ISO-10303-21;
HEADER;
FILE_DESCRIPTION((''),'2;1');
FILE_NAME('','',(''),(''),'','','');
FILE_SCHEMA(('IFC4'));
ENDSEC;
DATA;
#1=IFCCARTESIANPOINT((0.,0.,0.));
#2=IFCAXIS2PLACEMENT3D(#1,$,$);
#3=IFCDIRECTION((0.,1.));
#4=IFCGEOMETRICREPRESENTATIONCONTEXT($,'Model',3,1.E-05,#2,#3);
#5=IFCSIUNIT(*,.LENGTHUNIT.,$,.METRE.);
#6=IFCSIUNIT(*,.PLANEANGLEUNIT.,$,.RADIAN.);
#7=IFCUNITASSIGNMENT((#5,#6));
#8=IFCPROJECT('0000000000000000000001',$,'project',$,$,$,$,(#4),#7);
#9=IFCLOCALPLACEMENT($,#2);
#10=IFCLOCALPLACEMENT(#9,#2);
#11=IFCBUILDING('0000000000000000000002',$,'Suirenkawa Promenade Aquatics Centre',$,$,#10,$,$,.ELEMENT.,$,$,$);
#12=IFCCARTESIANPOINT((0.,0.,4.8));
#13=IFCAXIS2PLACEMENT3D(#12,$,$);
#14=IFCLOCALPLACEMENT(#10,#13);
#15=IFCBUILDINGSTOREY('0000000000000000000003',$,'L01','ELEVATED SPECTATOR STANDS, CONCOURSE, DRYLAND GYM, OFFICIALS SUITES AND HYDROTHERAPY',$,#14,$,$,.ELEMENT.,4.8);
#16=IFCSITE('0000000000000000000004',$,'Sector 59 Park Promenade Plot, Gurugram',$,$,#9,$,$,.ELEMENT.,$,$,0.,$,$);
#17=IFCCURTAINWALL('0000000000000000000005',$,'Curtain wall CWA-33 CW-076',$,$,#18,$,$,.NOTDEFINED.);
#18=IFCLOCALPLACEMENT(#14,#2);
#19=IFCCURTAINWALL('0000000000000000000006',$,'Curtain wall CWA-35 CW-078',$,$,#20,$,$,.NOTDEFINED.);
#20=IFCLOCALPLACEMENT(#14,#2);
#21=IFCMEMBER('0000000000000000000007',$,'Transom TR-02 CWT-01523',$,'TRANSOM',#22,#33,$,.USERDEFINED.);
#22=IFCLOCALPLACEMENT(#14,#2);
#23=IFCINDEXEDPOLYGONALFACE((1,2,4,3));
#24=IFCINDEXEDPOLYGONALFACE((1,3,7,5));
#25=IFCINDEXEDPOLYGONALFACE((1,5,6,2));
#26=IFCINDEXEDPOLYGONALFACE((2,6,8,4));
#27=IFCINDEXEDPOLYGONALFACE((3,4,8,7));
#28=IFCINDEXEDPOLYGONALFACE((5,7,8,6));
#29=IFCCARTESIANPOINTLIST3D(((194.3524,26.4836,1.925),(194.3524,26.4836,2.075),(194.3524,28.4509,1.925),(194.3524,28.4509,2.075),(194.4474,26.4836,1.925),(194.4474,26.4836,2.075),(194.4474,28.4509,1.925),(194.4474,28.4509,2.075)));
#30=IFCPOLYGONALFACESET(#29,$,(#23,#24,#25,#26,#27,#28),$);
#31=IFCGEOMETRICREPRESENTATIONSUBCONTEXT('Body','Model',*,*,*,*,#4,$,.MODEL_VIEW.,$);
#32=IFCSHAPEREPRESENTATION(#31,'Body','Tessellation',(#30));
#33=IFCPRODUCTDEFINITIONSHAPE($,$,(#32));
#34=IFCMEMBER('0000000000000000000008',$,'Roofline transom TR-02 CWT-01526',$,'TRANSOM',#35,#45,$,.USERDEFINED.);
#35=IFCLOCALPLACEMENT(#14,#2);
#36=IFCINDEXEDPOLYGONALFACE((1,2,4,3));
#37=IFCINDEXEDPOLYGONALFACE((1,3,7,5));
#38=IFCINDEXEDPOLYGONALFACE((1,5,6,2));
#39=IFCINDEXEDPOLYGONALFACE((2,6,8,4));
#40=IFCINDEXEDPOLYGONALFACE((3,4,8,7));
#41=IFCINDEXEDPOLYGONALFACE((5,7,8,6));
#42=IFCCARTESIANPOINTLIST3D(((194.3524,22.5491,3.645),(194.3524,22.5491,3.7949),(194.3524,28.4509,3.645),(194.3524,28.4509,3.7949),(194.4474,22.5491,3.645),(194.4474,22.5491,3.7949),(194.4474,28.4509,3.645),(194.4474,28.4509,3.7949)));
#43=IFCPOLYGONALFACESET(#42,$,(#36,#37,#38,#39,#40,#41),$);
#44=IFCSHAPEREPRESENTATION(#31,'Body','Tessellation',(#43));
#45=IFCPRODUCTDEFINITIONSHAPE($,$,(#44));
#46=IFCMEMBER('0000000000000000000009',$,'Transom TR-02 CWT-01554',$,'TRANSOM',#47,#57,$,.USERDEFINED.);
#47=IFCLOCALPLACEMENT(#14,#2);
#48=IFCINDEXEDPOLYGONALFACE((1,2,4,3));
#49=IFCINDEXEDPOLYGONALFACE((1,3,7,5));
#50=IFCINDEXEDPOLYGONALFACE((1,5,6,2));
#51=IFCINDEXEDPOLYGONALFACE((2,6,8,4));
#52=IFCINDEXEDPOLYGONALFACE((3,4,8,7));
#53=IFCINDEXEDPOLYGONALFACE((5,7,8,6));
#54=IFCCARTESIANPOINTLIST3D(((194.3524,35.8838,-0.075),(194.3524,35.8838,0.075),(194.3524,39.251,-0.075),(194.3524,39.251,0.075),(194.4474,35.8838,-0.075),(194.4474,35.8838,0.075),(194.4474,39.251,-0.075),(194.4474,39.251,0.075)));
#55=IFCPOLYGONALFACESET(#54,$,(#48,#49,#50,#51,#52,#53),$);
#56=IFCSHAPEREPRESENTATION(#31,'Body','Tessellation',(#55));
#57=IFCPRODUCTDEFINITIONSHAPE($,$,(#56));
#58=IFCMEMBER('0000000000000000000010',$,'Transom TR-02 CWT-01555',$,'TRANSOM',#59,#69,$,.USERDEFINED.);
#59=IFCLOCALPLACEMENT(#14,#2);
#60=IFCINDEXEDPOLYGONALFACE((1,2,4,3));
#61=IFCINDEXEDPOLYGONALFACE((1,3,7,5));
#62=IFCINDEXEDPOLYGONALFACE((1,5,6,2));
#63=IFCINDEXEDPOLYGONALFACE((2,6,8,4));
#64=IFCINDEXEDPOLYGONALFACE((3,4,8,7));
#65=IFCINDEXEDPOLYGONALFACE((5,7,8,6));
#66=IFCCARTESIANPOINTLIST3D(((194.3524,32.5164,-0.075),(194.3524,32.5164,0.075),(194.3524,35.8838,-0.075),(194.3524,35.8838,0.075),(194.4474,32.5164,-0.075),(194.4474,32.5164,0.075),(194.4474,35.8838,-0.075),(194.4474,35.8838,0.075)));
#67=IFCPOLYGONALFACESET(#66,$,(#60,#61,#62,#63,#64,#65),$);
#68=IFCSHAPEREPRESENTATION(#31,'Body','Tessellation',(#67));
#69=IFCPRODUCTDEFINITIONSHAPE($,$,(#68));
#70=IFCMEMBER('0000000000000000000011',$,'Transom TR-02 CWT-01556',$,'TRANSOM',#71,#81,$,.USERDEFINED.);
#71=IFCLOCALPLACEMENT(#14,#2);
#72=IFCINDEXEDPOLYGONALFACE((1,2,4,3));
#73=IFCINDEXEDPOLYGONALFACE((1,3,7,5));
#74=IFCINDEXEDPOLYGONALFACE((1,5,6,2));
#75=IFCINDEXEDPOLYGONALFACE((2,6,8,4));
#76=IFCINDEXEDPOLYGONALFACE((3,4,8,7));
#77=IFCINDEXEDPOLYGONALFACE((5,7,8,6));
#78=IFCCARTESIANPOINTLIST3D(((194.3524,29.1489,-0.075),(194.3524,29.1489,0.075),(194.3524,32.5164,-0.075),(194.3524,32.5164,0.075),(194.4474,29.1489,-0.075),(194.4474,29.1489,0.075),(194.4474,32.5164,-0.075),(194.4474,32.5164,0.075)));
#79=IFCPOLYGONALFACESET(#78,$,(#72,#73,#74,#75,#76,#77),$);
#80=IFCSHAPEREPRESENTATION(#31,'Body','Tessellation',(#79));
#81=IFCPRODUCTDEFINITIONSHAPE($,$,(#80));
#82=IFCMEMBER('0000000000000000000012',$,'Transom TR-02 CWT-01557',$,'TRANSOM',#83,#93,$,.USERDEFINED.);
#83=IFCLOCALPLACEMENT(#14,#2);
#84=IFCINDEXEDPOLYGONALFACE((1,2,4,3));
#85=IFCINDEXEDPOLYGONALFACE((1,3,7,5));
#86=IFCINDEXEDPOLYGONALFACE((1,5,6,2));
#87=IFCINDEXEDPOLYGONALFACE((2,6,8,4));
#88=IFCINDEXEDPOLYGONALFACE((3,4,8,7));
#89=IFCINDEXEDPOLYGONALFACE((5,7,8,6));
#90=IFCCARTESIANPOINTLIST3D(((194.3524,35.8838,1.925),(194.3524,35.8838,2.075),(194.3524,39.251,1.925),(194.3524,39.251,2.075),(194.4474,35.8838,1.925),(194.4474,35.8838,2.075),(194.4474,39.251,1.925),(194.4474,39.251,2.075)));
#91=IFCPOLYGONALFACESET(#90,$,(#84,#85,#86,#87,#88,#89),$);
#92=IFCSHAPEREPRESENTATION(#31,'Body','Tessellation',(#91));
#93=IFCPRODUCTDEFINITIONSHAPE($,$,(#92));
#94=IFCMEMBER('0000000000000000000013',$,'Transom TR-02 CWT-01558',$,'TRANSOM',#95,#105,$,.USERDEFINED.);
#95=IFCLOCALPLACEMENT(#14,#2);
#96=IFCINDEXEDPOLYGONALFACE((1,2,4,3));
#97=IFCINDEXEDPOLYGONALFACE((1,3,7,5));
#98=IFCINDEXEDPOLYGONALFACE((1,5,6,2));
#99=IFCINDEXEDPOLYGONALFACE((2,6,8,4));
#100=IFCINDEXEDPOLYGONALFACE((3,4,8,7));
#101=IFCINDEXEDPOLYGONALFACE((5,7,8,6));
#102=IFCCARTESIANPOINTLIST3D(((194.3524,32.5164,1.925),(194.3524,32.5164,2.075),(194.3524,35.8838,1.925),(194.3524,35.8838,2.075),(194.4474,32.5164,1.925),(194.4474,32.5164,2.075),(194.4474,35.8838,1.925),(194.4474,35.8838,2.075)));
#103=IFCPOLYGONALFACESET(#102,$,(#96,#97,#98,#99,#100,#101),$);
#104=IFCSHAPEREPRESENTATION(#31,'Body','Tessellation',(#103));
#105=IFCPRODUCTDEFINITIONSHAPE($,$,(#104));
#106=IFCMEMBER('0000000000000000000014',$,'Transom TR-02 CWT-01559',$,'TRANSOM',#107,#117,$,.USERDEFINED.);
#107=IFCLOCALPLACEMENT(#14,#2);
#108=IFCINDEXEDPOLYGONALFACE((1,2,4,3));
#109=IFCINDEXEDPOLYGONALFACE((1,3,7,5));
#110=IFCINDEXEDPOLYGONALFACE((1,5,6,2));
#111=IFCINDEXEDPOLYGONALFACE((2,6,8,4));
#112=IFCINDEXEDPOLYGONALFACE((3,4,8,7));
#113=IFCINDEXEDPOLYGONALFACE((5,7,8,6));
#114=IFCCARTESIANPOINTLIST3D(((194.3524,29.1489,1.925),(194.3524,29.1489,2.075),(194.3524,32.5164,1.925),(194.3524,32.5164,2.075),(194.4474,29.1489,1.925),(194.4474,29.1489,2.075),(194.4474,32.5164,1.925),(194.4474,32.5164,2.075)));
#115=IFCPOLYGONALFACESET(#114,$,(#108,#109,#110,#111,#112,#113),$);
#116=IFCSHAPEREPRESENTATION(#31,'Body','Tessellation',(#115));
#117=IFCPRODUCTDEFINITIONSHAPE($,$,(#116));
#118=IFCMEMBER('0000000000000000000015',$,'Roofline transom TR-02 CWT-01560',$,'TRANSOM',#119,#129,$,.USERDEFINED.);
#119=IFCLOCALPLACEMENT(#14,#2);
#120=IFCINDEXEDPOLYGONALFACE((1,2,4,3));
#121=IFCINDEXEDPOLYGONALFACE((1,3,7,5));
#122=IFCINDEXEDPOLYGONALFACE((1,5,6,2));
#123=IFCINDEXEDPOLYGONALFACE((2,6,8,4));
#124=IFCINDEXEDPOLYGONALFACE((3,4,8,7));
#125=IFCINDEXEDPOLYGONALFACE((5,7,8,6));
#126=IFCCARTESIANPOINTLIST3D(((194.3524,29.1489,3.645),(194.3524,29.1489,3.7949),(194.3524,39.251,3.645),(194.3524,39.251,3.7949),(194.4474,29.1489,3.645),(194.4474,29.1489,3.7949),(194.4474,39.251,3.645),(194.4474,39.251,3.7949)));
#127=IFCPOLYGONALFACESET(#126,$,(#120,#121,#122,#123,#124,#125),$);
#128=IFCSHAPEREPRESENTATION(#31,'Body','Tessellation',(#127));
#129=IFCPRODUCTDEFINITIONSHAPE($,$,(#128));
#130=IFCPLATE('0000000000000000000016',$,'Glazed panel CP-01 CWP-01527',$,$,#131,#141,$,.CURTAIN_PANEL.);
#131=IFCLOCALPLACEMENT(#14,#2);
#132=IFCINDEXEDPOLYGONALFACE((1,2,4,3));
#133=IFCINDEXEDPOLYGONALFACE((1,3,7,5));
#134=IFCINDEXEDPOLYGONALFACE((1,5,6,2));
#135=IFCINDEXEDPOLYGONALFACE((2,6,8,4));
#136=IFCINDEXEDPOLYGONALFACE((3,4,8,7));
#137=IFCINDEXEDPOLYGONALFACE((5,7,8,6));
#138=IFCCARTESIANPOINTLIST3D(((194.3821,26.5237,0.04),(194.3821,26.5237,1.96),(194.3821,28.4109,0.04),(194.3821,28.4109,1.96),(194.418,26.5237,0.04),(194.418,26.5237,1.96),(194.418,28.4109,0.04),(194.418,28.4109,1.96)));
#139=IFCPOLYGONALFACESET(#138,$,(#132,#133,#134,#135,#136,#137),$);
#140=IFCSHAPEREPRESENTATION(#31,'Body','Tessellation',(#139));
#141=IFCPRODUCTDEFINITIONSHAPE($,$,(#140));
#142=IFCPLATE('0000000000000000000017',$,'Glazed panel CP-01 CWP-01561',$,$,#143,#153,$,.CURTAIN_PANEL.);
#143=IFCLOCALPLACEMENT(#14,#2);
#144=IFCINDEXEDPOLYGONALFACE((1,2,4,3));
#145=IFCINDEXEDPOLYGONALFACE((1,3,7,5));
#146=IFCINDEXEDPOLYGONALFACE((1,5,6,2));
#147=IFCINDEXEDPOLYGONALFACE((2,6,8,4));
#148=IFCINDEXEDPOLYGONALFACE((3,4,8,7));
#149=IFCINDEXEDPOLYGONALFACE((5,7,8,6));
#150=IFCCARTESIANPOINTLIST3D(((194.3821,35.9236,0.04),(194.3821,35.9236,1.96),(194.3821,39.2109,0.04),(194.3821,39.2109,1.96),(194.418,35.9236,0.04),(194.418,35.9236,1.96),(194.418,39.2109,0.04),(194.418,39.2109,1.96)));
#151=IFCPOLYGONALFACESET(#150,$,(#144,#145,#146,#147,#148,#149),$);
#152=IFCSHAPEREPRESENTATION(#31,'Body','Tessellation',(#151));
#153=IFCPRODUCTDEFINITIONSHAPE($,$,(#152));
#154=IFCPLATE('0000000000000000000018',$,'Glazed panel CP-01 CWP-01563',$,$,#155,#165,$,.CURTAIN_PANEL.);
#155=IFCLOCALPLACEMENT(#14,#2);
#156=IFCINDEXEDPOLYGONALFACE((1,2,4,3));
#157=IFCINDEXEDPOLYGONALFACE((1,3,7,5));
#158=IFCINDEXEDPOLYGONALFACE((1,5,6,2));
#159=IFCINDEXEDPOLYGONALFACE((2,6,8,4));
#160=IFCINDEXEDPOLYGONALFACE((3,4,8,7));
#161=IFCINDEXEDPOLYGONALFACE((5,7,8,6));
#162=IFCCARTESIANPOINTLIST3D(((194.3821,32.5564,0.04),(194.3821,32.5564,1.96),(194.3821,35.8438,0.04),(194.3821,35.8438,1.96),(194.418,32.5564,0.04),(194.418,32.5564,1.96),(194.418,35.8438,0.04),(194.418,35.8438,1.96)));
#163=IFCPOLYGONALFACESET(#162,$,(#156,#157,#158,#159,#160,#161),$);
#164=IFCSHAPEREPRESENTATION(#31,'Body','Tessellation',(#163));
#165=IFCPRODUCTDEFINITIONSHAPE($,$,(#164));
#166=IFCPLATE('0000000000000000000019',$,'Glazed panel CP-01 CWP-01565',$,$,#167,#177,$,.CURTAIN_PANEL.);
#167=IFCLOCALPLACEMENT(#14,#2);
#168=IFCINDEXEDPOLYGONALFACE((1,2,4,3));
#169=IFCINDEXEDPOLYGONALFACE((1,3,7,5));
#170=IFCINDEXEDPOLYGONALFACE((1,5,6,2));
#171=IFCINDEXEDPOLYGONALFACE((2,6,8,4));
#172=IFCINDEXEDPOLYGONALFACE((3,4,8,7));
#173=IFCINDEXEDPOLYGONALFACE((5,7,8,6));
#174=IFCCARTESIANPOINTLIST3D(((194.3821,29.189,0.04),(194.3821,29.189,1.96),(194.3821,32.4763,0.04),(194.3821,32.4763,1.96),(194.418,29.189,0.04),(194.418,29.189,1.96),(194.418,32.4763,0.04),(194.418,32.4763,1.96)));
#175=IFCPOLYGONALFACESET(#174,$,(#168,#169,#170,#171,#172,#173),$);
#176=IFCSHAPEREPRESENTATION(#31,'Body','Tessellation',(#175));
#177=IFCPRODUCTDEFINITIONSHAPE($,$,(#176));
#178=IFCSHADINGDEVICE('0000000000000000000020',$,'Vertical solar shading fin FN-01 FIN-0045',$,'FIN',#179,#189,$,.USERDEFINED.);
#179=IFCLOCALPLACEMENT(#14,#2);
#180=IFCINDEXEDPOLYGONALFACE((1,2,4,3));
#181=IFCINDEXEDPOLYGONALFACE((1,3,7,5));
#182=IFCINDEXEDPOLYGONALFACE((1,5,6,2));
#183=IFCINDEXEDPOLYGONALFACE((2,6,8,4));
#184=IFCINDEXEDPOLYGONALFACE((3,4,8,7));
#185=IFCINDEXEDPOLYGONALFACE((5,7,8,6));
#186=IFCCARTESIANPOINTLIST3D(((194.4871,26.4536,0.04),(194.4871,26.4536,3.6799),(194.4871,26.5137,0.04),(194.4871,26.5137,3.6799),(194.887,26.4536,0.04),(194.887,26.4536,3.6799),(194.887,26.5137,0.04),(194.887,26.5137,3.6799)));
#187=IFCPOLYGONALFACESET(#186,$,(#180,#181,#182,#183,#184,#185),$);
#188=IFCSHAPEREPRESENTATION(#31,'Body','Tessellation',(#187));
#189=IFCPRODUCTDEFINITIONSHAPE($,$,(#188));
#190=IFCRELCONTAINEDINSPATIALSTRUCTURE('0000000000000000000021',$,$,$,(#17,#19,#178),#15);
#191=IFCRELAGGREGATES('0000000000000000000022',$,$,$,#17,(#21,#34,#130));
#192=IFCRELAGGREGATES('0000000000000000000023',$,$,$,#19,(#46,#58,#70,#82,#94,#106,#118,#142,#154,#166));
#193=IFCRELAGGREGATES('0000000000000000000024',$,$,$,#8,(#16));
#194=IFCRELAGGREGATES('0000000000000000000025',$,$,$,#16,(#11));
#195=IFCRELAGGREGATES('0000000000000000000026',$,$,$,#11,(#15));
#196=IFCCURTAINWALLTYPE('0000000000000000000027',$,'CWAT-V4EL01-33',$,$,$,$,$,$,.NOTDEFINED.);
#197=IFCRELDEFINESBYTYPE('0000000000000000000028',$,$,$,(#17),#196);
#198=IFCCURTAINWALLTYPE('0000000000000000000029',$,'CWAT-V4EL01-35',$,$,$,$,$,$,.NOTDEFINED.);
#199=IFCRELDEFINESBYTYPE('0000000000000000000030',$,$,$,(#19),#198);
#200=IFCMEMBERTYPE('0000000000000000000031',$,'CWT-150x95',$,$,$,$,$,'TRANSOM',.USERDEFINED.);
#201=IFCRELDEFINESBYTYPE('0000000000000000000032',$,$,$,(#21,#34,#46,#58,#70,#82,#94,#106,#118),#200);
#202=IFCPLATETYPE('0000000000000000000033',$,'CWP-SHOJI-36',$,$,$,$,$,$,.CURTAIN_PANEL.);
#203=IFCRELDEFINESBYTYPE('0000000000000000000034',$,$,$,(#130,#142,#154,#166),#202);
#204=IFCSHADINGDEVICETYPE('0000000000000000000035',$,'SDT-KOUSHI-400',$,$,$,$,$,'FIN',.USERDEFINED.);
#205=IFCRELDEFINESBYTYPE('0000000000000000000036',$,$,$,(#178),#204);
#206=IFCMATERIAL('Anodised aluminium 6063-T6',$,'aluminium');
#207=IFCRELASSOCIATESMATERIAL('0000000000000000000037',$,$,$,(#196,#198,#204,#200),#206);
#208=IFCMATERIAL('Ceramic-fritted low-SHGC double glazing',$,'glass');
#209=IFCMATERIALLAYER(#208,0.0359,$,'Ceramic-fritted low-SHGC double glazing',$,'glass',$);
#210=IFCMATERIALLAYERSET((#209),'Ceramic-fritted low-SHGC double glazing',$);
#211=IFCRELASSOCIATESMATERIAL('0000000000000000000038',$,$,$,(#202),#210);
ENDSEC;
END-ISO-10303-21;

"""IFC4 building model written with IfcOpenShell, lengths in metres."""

from ifc_helpers import new_model, si_unit, direction, frame, origin, origin_2d, place, context, subcontext, project, spatial, polyline, rectangle, outline, extrude, material, layer, layer_set, material_profile, profile_set, type_object, element, aggregate, save


model = new_model("IFC4")

# Units and contexts
model_context = context("Model", 3, precision=1e-05, world=origin(), true_north=direction((0.0, 1.0)))
body_context = subcontext(model_context, "Body", "Model", "MODEL_VIEW")
ifc_project = project(units=[si_unit("LENGTHUNIT", "METRE"), si_unit("PLANEANGLEUNIT", "RADIAN")], contexts=[model_context])

# Site, building, storey
site_placement = place(None, origin())
site = spatial("IfcSite", under=ifc_project, at=site_placement, Name="Sector 59 Park Promenade Plot, Gurugram", CompositionType="ELEMENT", RefElevation=0.0)
building_placement = place(site_placement, origin())
building = spatial("IfcBuilding", under=site, at=building_placement, Name="Suirenkawa Promenade Aquatics Centre", CompositionType="ELEMENT")
storey_placement = place(building_placement, frame((0.0, 0.0, 4.8)))
storey = spatial("IfcBuildingStorey", under=building, at=storey_placement, Name="L01", Description="ELEVATED SPECTATOR STANDS, CONCOURSE, DRYLAND GYM, OFFICIALS SUITES AND HYDROTHERAPY", CompositionType="ELEMENT", Elevation=4.8)

# Curtain wall
ifc_material_1 = material(Name="Anodised aluminium 6063-T6", Category="aluminium")
curtain_wall_type_1 = type_object("IfcCurtainWallType", Name="CWAT-V4EL01-33", PredefinedType="NOTDEFINED", material=ifc_material_1)
curtain_wall_1_placement = place(storey_placement, origin())
curtain_wall_1 = element("IfcCurtainWall", 1, at=curtain_wall_1_placement, inside=storey, type_object=curtain_wall_type_1, Name="Curtain wall CWA-33 CW-076", PredefinedType="NOTDEFINED")

# Curtain wall
curtain_wall_type_2 = type_object("IfcCurtainWallType", Name="CWAT-V4EL01-35", PredefinedType="NOTDEFINED", material=ifc_material_1)
curtain_wall_2_placement = place(storey_placement, origin())
curtain_wall_2 = element("IfcCurtainWall", 2, at=curtain_wall_2_placement, inside=storey, type_object=curtain_wall_type_2, Name="Curtain wall CWA-35 CW-078", PredefinedType="NOTDEFINED")

# Members
ifc_material_profile_1 = material_profile(ifc_material_1, rectangle(XDim=0.095, YDim=0.1499, at=origin_2d()), Name="ALU TRAN 95x150", Category="aluminium")
ifc_profile_set_1 = profile_set([ifc_material_profile_1], Name="Anodised aluminium 6063-T6")
member_type_1 = type_object("IfcMemberType", Name="CWT-150x95", ElementType="TRANSOM", PredefinedType="USERDEFINED", material=ifc_profile_set_1)
member_1_placement = place(storey_placement, frame((194.3999, 28.4509, 2.0), z_axis=(0.0, -1.0, 0.0), x_axis=(1.0, 0.0, 0.0)))
member_1 = element("IfcMember", 3, at=member_1_placement, type_object=member_type_1, Name="Transom TR-02 CWT-01523", ObjectType="TRANSOM", PredefinedType="USERDEFINED", context=body_context, shape_type="SweptSolid", body=[
    extrude(rectangle(XDim=0.095, YDim=0.1499, at=origin_2d()), origin(), (0.0, 0.0, 1.0), 1.9673),
])
member_2_placement = place(storey_placement, frame((194.3999, 28.4509, 3.72), z_axis=(0.0, -1.0, 0.0), x_axis=(1.0, 0.0, 0.0)))
member_2 = element("IfcMember", 4, at=member_2_placement, type_object=member_type_1, Name="Roofline transom TR-02 CWT-01526", ObjectType="TRANSOM", PredefinedType="USERDEFINED", context=body_context, shape_type="SweptSolid", body=[
    extrude(rectangle(XDim=0.095, YDim=0.1499, at=origin_2d()), origin(), (0.0, 0.0, 1.0), 5.9019),
])
member_3_placement = place(storey_placement, frame((194.3999, 39.251, 0.0), z_axis=(0.0, -1.0, 0.0), x_axis=(1.0, 0.0, 0.0)))
member_3 = element("IfcMember", 5, at=member_3_placement, type_object=member_type_1, Name="Transom TR-02 CWT-01554", ObjectType="TRANSOM", PredefinedType="USERDEFINED", context=body_context, shape_type="SweptSolid", body=[
    extrude(rectangle(XDim=0.095, YDim=0.1499, at=origin_2d()), origin(), (0.0, 0.0, 1.0), 3.3672),
])
member_4_placement = place(storey_placement, frame((194.3999, 35.8838, 0.0), z_axis=(0.0, -1.0, 0.0), x_axis=(1.0, 0.0, 0.0)))
member_4 = element("IfcMember", 6, at=member_4_placement, type_object=member_type_1, Name="Transom TR-02 CWT-01555", ObjectType="TRANSOM", PredefinedType="USERDEFINED", context=body_context, shape_type="SweptSolid", body=[
    extrude(rectangle(XDim=0.095, YDim=0.1499, at=origin_2d()), origin(), (0.0, 0.0, 1.0), 3.3674),
])
member_5_placement = place(storey_placement, frame((194.3999, 32.5164, 0.0), z_axis=(0.0, -1.0, 0.0), x_axis=(1.0, 0.0, 0.0)))
member_5 = element("IfcMember", 7, at=member_5_placement, type_object=member_type_1, Name="Transom TR-02 CWT-01556", ObjectType="TRANSOM", PredefinedType="USERDEFINED", context=body_context, shape_type="SweptSolid", body=[
    extrude(rectangle(XDim=0.095, YDim=0.1499, at=origin_2d()), origin(), (0.0, 0.0, 1.0), 3.3674),
])
member_6_placement = place(storey_placement, frame((194.3999, 39.251, 2.0), z_axis=(0.0, -1.0, 0.0), x_axis=(1.0, 0.0, 0.0)))
member_6 = element("IfcMember", 8, at=member_6_placement, type_object=member_type_1, Name="Transom TR-02 CWT-01557", ObjectType="TRANSOM", PredefinedType="USERDEFINED", context=body_context, shape_type="SweptSolid", body=[
    extrude(rectangle(XDim=0.095, YDim=0.1499, at=origin_2d()), origin(), (0.0, 0.0, 1.0), 3.3672),
])
member_7_placement = place(storey_placement, frame((194.3999, 35.8838, 2.0), z_axis=(0.0, -1.0, 0.0), x_axis=(1.0, 0.0, 0.0)))
member_7 = element("IfcMember", 9, at=member_7_placement, type_object=member_type_1, Name="Transom TR-02 CWT-01558", ObjectType="TRANSOM", PredefinedType="USERDEFINED", context=body_context, shape_type="SweptSolid", body=[
    extrude(rectangle(XDim=0.095, YDim=0.1499, at=origin_2d()), origin(), (0.0, 0.0, 1.0), 3.3674),
])
member_8_placement = place(storey_placement, frame((194.3999, 32.5164, 2.0), z_axis=(0.0, -1.0, 0.0), x_axis=(1.0, 0.0, 0.0)))
member_8 = element("IfcMember", 10, at=member_8_placement, type_object=member_type_1, Name="Transom TR-02 CWT-01559", ObjectType="TRANSOM", PredefinedType="USERDEFINED", context=body_context, shape_type="SweptSolid", body=[
    extrude(rectangle(XDim=0.095, YDim=0.1499, at=origin_2d()), origin(), (0.0, 0.0, 1.0), 3.3674),
])
member_9_placement = place(storey_placement, frame((194.3999, 39.251, 3.72), z_axis=(0.0, -1.0, 0.0), x_axis=(1.0, 0.0, 0.0)))
member_9 = element("IfcMember", 11, at=member_9_placement, type_object=member_type_1, Name="Roofline transom TR-02 CWT-01560", ObjectType="TRANSOM", PredefinedType="USERDEFINED", context=body_context, shape_type="SweptSolid", body=[
    extrude(rectangle(XDim=0.095, YDim=0.1499, at=origin_2d()), origin(), (0.0, 0.0, 1.0), 10.1021),
])

# Plates
ifc_material_2 = material(Name="Ceramic-fritted low-SHGC double glazing", Category="glass")
ifc_layer = layer(ifc_material_2, 0.0359, Name="Ceramic-fritted low-SHGC double glazing", Category="glass")
ifc_layer_set = layer_set([ifc_layer], Name="Ceramic-fritted low-SHGC double glazing")
plate_type = type_object("IfcPlateType", Name="CWP-SHOJI-36", PredefinedType="CURTAIN_PANEL", material=ifc_layer_set)
plate_1_placement = place(storey_placement, frame((194.3999, 28.4509, 0.04), z_axis=(0.0, 0.0, 1.0), x_axis=(0.0, -1.0, 0.0)))
plate_1 = element("IfcPlate", 12, at=plate_1_placement, type_object=plate_type, Name="Glazed panel CP-01 CWP-01527", PredefinedType="CURTAIN_PANEL", context=body_context, shape_type="SweptSolid", body=[
    extrude(outline(polyline([(0.04, 0.0), (1.9272, 0.0), (1.9272, 1.9199), (0.04, 1.9199), (0.04, 0.0)])), frame((0.0, 0.0181, 0.0), z_axis=(0.0, -1.0, 0.0), x_axis=(1.0, 0.0, 0.0)), (0.0, 0.0, 1.0), 0.0359),
])
aggregate(curtain_wall_1, [member_1, member_2, plate_1])
plate_2_placement = place(storey_placement, frame((194.3999, 39.251, 0.04), z_axis=(0.0, 0.0, 1.0), x_axis=(0.0, -1.0, 0.0)))
plate_2 = element("IfcPlate", 13, at=plate_2_placement, type_object=plate_type, Name="Glazed panel CP-01 CWP-01561", PredefinedType="CURTAIN_PANEL", context=body_context, shape_type="SweptSolid", body=[
    extrude(outline(polyline([(0.04, 0.0), (3.3274, 0.0), (3.3274, 1.9199), (0.04, 1.9199), (0.04, 0.0)])), frame((0.0, 0.0181, 0.0), z_axis=(0.0, -1.0, 0.0), x_axis=(1.0, 0.0, 0.0)), (0.0, 0.0, 1.0), 0.0359),
])
plate_3_placement = place(storey_placement, frame((194.3999, 35.8838, 0.04), z_axis=(0.0, 0.0, 1.0), x_axis=(0.0, -1.0, 0.0)))
plate_3 = element("IfcPlate", 14, at=plate_3_placement, type_object=plate_type, Name="Glazed panel CP-01 CWP-01563", PredefinedType="CURTAIN_PANEL", context=body_context, shape_type="SweptSolid", body=[
    extrude(outline(polyline([(0.04, 0.0), (3.3274, 0.0), (3.3274, 1.9199), (0.04, 1.9199), (0.04, 0.0)])), frame((0.0, 0.0181, 0.0), z_axis=(0.0, -1.0, 0.0), x_axis=(1.0, 0.0, 0.0)), (0.0, 0.0, 1.0), 0.0359),
])
plate_4_placement = place(storey_placement, frame((194.3999, 32.5164, 0.04), z_axis=(0.0, 0.0, 1.0), x_axis=(0.0, -1.0, 0.0)))
plate_4 = element("IfcPlate", 15, at=plate_4_placement, type_object=plate_type, Name="Glazed panel CP-01 CWP-01565", PredefinedType="CURTAIN_PANEL", context=body_context, shape_type="SweptSolid", body=[
    extrude(outline(polyline([(0.04, 0.0), (3.3274, 0.0), (3.3274, 1.9199), (0.04, 1.9199), (0.04, 0.0)])), frame((0.0, 0.0181, 0.0), z_axis=(0.0, -1.0, 0.0), x_axis=(1.0, 0.0, 0.0)), (0.0, 0.0, 1.0), 0.0359),
])
aggregate(curtain_wall_2, [member_3, member_4, member_5, member_6, member_7, member_8, member_9, plate_2, plate_3, plate_4])

# Shading device
shading_device_type = type_object("IfcShadingDeviceType", Name="SDT-KOUSHI-400", ElementType="FIN", PredefinedType="USERDEFINED", material=ifc_material_1)
for number, where, z_axis, x_axis, name in (
    (16, (194.687, 26.4836, 0.04), (0.0, 0.0, 1.0), (1.0, 0.0, 0.0), "Vertical solar shading fin FN-01 FIN-0045"),
):
    element("IfcShadingDevice", number, at=place(storey_placement, frame(where, z_axis=z_axis, x_axis=x_axis)), inside=storey, type_object=shading_device_type, Name=name, ObjectType="FIN", PredefinedType="USERDEFINED", context=body_context, shape_type="SweptSolid", body=[
        extrude(rectangle(XDim=0.3999, YDim=0.0601, at=origin_2d()), origin(), (0.0, 0.0, 1.0), 3.6399),
    ])

save(model, "model.ifc")
